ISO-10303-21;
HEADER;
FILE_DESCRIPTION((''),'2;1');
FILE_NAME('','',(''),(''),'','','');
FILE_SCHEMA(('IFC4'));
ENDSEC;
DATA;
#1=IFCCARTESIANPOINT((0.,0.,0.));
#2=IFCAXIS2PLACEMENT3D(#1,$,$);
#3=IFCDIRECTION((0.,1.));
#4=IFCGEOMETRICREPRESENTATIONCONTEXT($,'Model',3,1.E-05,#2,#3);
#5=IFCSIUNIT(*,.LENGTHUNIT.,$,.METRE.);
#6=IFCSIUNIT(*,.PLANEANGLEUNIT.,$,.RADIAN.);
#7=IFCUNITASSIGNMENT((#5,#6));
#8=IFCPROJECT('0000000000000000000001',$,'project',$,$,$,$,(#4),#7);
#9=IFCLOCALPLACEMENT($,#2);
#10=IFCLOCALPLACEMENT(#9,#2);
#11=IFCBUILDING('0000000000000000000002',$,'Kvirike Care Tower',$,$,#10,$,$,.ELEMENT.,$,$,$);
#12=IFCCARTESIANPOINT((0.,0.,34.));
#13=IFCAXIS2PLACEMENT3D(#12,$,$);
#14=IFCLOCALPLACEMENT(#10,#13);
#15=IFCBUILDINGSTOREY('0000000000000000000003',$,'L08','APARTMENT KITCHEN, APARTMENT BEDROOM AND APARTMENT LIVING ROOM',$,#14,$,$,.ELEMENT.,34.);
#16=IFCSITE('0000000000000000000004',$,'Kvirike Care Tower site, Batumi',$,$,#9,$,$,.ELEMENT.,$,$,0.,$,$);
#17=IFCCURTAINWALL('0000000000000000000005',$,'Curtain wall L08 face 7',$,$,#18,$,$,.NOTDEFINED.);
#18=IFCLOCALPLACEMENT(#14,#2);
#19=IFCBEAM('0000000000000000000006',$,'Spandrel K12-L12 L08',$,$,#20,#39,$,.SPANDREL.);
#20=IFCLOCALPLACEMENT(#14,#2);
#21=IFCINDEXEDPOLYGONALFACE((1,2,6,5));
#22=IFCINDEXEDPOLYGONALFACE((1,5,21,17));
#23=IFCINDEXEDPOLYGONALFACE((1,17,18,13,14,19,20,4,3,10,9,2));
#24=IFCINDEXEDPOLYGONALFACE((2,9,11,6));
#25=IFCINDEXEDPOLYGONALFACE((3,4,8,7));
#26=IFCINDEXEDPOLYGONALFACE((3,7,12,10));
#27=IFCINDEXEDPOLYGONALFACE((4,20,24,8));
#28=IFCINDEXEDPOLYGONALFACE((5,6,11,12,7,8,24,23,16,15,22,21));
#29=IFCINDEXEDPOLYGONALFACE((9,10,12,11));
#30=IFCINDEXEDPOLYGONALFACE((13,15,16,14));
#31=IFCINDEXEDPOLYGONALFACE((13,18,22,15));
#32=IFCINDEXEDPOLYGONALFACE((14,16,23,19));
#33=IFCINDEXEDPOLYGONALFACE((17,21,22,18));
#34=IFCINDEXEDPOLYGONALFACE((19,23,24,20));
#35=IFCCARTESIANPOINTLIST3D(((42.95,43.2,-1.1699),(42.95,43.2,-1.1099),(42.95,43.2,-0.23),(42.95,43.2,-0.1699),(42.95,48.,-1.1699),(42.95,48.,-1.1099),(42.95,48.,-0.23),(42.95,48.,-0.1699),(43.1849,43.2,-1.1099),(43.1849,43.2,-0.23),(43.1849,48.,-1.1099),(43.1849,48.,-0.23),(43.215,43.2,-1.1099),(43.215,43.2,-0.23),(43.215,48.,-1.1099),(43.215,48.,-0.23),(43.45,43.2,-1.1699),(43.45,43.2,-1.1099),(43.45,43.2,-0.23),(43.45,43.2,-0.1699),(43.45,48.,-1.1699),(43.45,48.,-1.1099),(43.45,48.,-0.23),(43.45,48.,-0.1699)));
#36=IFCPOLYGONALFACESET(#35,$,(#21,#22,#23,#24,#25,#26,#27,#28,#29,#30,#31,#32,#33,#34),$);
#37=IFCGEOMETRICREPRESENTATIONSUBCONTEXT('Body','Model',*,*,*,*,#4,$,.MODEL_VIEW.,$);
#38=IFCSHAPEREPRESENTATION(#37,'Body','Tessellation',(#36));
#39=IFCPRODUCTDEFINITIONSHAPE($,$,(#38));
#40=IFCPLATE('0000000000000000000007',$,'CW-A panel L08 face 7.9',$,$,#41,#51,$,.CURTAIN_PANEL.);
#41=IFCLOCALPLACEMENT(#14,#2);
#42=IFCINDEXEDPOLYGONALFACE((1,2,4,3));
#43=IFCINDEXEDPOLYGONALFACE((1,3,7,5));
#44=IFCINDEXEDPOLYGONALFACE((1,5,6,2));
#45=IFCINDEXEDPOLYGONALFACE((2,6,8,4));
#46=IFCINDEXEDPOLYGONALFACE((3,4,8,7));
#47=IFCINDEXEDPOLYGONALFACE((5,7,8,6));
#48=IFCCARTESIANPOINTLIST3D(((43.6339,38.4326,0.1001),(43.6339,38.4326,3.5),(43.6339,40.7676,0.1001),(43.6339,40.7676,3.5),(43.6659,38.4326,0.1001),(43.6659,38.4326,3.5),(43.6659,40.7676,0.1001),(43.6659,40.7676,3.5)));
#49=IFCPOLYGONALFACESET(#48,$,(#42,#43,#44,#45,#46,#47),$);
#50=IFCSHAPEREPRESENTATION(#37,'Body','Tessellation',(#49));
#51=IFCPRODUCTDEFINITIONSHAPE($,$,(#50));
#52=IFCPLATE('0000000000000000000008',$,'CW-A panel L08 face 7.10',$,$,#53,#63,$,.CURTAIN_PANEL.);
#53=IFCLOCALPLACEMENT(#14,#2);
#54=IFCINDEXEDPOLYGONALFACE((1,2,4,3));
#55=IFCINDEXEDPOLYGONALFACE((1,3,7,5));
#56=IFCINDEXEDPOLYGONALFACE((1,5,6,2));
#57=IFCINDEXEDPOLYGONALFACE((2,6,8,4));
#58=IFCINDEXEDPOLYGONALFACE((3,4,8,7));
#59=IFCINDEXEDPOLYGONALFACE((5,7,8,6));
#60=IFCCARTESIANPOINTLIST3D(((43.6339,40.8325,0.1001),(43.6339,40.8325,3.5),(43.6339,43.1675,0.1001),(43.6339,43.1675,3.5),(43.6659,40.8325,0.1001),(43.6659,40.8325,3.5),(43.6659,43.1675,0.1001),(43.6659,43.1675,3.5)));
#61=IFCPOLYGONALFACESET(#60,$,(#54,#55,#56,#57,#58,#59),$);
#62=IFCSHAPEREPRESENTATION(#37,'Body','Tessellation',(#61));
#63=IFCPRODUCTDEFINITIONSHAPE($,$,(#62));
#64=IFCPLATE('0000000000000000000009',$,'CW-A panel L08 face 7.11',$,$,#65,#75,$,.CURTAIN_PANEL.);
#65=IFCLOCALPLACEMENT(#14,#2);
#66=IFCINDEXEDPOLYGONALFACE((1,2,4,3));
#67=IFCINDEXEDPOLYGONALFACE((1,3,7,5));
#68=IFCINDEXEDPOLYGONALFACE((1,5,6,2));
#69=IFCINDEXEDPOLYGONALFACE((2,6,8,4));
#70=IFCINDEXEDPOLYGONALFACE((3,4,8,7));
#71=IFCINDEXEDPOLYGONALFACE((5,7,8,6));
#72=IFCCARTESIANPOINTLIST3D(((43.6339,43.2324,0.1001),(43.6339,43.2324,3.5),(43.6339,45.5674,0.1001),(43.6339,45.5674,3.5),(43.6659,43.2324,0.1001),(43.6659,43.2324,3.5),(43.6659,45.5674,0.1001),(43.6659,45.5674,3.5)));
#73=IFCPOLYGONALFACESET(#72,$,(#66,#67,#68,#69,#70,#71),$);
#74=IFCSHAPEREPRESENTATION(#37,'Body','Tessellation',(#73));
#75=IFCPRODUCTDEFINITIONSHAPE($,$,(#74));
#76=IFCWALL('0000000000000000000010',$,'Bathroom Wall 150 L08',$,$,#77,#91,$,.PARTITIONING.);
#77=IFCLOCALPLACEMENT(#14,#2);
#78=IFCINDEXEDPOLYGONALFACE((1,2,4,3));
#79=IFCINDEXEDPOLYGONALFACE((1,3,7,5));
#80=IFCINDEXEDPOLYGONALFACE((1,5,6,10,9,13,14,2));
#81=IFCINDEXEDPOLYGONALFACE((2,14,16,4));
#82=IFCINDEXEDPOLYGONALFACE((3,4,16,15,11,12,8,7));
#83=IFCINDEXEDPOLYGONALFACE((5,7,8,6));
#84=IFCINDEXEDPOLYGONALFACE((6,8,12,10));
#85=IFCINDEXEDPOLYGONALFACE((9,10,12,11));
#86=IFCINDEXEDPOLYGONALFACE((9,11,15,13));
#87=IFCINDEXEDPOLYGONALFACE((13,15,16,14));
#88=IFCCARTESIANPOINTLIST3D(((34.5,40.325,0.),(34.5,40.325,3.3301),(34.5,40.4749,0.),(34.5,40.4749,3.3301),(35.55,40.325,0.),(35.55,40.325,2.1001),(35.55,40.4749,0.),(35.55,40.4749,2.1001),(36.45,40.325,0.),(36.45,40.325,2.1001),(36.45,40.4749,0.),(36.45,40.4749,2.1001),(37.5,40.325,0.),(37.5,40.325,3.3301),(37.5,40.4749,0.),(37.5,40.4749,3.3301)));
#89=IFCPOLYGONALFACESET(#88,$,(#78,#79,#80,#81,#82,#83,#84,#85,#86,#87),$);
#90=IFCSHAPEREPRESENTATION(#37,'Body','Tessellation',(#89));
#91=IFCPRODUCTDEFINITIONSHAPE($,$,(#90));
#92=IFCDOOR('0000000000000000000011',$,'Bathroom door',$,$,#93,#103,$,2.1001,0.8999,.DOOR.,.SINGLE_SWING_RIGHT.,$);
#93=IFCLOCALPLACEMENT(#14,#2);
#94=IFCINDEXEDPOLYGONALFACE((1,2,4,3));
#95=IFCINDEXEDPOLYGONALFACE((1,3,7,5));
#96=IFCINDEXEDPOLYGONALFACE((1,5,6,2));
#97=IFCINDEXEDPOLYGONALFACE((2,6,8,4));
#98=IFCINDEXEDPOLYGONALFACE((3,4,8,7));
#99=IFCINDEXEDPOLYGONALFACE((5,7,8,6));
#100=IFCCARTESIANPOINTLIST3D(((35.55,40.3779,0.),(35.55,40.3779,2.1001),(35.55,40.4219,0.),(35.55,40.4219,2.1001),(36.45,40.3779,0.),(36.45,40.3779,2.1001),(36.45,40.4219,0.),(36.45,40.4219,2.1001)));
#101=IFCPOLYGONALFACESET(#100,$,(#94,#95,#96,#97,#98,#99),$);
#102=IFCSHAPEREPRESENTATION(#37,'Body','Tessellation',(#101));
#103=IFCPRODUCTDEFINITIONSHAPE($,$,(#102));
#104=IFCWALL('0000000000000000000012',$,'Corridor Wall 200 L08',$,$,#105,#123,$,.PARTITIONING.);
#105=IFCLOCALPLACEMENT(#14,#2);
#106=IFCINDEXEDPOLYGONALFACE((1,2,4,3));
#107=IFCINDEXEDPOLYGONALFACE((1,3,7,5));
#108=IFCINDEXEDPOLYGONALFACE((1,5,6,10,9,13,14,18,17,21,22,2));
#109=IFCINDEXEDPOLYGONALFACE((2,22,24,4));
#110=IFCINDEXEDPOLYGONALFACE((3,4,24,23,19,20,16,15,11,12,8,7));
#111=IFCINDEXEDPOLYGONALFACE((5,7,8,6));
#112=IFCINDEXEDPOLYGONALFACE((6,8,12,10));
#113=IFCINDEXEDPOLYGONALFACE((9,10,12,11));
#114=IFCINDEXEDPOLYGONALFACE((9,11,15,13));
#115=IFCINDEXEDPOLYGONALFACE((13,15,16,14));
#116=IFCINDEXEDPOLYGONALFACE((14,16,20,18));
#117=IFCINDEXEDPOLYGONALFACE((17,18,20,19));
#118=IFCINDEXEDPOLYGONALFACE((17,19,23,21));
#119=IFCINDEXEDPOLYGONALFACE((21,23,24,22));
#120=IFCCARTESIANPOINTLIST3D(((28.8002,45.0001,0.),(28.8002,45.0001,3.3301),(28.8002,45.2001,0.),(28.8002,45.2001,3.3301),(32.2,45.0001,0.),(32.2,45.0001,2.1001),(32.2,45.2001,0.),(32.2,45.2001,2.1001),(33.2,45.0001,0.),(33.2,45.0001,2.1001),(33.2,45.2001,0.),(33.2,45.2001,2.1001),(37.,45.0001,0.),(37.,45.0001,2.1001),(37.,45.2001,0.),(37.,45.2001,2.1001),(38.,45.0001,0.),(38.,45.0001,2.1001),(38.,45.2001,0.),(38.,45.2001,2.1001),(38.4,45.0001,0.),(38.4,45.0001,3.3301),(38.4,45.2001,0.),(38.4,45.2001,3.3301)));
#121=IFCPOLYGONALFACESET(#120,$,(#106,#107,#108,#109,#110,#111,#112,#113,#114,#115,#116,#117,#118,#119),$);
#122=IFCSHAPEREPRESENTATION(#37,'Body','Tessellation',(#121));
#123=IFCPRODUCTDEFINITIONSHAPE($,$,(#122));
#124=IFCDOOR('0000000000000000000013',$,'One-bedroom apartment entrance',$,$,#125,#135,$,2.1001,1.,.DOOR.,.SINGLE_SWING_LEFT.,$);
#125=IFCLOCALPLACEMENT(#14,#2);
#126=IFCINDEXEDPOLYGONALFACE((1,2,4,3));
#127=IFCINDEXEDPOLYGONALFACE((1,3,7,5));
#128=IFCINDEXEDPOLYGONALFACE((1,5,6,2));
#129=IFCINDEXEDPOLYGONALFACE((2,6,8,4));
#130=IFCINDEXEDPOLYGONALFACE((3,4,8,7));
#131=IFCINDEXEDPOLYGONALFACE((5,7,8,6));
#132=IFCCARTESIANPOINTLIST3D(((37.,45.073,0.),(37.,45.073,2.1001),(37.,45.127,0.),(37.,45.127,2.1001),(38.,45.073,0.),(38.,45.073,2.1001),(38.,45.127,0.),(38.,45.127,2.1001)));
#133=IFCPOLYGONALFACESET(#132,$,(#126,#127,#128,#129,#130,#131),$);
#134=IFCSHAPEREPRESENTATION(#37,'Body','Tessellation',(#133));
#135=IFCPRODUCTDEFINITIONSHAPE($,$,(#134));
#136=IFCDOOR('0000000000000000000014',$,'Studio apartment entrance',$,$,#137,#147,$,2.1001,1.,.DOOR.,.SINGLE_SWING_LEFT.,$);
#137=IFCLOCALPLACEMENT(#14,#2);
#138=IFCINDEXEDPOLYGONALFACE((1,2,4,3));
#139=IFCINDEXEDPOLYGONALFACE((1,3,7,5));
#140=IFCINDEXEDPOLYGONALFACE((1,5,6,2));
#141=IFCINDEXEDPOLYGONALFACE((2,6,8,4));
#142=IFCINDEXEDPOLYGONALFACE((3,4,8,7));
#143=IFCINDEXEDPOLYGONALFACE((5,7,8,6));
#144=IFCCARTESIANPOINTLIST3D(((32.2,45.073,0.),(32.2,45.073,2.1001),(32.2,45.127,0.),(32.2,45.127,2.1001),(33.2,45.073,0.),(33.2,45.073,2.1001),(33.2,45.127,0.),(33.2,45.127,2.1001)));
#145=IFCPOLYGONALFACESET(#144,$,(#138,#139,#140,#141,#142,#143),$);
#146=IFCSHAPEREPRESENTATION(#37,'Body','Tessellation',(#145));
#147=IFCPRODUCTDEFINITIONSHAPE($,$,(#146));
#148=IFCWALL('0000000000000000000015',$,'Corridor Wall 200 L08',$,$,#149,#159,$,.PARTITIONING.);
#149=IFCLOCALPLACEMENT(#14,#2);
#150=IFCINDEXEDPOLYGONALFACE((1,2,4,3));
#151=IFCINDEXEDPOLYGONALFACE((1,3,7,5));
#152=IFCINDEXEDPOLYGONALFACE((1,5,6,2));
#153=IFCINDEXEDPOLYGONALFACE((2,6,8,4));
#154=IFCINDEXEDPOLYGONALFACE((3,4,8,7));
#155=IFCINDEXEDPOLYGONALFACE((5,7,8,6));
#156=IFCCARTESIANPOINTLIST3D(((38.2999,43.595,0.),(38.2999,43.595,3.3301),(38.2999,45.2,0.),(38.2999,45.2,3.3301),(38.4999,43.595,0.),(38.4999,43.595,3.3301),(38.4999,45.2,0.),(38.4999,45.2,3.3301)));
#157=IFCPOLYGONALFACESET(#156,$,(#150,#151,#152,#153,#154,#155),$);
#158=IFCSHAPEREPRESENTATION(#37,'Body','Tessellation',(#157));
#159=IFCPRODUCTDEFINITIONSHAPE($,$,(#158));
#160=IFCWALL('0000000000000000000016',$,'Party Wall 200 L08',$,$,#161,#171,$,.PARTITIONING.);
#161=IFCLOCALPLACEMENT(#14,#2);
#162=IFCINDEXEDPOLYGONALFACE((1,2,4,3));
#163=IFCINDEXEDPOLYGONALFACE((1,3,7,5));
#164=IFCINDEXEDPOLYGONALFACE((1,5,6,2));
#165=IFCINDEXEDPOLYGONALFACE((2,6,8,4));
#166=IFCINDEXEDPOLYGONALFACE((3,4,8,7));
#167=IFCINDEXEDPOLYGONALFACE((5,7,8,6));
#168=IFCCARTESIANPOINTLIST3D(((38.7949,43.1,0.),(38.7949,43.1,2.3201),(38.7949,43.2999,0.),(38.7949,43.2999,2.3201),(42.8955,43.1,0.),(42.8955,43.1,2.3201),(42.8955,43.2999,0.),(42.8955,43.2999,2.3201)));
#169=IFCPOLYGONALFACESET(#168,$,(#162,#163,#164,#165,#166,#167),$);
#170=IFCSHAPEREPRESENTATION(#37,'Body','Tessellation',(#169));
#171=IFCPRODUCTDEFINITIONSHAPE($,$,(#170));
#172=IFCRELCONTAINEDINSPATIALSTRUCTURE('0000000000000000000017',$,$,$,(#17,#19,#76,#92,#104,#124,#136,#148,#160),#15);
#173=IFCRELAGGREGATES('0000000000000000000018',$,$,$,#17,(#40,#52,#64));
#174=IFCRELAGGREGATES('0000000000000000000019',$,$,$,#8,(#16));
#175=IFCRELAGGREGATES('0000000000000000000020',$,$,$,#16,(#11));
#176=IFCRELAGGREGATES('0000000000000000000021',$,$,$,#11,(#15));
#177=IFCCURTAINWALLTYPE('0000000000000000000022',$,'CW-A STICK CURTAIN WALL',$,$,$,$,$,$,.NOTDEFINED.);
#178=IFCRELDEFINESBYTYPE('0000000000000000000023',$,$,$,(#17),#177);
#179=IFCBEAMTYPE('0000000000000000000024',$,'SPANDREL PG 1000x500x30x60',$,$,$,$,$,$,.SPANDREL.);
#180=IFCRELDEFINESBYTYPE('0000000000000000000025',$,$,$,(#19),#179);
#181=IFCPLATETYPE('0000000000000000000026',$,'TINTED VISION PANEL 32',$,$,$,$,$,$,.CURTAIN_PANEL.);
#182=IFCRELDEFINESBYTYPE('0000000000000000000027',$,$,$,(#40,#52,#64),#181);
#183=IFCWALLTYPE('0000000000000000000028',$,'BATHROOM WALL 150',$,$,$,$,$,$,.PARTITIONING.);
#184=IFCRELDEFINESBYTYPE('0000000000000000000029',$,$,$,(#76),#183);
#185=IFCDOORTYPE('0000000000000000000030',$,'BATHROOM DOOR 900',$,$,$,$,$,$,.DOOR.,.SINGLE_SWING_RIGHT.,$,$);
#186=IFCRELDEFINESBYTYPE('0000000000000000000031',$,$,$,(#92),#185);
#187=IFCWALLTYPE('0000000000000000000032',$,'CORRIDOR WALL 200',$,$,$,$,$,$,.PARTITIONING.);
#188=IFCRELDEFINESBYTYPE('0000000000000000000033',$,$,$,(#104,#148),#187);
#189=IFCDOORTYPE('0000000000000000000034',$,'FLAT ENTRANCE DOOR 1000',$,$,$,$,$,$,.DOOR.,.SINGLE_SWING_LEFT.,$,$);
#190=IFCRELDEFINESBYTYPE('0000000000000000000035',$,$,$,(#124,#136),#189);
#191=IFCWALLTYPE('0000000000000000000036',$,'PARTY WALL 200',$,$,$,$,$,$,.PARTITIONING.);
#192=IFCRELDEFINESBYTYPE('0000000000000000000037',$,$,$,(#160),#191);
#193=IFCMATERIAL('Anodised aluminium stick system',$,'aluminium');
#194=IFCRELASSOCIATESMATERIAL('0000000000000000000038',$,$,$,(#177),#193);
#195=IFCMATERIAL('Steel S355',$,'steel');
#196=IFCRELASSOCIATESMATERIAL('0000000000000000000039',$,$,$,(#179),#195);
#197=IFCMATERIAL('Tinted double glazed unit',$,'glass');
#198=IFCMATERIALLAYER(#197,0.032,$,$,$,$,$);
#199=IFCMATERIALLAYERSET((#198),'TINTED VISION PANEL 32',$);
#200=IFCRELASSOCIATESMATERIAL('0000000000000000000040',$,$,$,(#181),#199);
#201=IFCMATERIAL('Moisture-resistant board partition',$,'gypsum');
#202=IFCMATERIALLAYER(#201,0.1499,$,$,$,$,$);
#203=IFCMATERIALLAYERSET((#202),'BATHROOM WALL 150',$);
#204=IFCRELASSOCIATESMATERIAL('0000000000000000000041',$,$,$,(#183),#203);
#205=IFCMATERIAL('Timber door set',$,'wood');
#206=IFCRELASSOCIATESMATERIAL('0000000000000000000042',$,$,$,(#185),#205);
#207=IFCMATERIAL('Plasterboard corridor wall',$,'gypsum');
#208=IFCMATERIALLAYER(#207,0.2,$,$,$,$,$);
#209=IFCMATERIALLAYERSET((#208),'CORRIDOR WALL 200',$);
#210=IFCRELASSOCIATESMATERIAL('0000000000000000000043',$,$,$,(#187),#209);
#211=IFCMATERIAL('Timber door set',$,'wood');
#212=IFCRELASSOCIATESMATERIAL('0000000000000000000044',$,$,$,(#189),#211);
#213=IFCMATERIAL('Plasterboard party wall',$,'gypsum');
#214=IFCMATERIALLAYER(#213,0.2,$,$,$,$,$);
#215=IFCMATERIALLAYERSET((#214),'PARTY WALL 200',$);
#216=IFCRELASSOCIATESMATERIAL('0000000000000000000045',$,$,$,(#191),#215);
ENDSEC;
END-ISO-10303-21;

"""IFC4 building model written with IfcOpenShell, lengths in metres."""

from ifc_helpers import new_model, si_unit, direction, frame, frame_2d, origin, origin_2d, place, context, subcontext, project, spatial, rectangle, i_section, extrude, material, layer, layer_set, material_profile, profile_set, type_object, element, fill, aggregate, save


model = new_model("IFC4")

# Units and contexts
model_context = context("Model", 3, precision=1e-05, world=origin(), true_north=direction((0.0, 1.0)))
body_context = subcontext(model_context, "Body", "Model", "MODEL_VIEW")
ifc_project = project(units=[si_unit("LENGTHUNIT", "METRE"), si_unit("PLANEANGLEUNIT", "RADIAN")], contexts=[model_context])

# Site, building, storey
site_placement = place(None, origin())
site = spatial("IfcSite", under=ifc_project, at=site_placement, Name="Kvirike Care Tower site, Batumi", CompositionType="ELEMENT", RefElevation=0.0)
building_placement = place(site_placement, origin())
building = spatial("IfcBuilding", under=site, at=building_placement, Name="Kvirike Care Tower", CompositionType="ELEMENT")
storey_placement = place(building_placement, frame((0.0, 0.0, 34.0)))
storey = spatial("IfcBuildingStorey", under=building, at=storey_placement, Name="L08", Description="APARTMENT KITCHEN, APARTMENT BEDROOM AND APARTMENT LIVING ROOM", CompositionType="ELEMENT", Elevation=34.0)

# Curtain wall
ifc_material_1 = material(Name="Anodised aluminium stick system", Category="aluminium")
curtain_wall_type = type_object("IfcCurtainWallType", Name="CW-A STICK CURTAIN WALL", PredefinedType="NOTDEFINED", material=ifc_material_1)
curtain_wall_placement = place(storey_placement, origin())
curtain_wall = element("IfcCurtainWall", 1, at=curtain_wall_placement, inside=storey, type_object=curtain_wall_type, Name="Curtain wall L08 face 7", PredefinedType="NOTDEFINED")

# Beam
ifc_material_2 = material(Name="Steel S355", Category="steel")
ifc_material_profile_1 = material_profile(ifc_material_2, i_section(OverallWidth=0.5, OverallDepth=1.0, WebThickness=0.03, FlangeThickness=0.0601, at=origin_2d()), Name="PG 1000x500x30x60")
ifc_profile_set_1 = profile_set([ifc_material_profile_1], Name="Steel S355")
beam_type_1 = type_object("IfcBeamType", Name="SPANDREL PG 1000x500x30x60", PredefinedType="SPANDREL", material=ifc_profile_set_1)
beam_1_placement = place(storey_placement, frame((43.2, 43.2, -0.6699), z_axis=(0.0, 1.0, 0.0), x_axis=(-1.0, 0.0, 0.0)))
element("IfcBeam", 2, at=beam_1_placement, inside=storey, type_object=beam_type_1, Name="Spandrel K12-L12 L08", PredefinedType="SPANDREL", context=body_context, shape_type="SweptSolid", body=[
    extrude(i_section(OverallWidth=0.5, OverallDepth=1.0, WebThickness=0.03, FlangeThickness=0.0601, at=origin_2d()), origin(), (0.0, 0.0, 1.0), 4.8),
])

# Plates
ifc_material_3 = material(Name="Tinted double glazed unit", Category="glass")
ifc_layer_1 = layer(ifc_material_3, 0.032)
ifc_layer_set_1 = layer_set([ifc_layer_1], Name="TINTED VISION PANEL 32")
plate_type = type_object("IfcPlateType", Name="TINTED VISION PANEL 32", PredefinedType="CURTAIN_PANEL", material=ifc_layer_set_1)
plate_1_placement = place(storey_placement, frame((43.6499, 39.6001, 0.1001), z_axis=(0.0, 0.0, 1.0), x_axis=(0.0, 1.0, 0.0)))
plate_1 = element("IfcPlate", 3, at=plate_1_placement, type_object=plate_type, Name="CW-A panel L08 face 7.9", PredefinedType="CURTAIN_PANEL", context=body_context, shape_type="SweptSolid", body=[
    extrude(rectangle(XDim=2.335, YDim=0.032, at=origin_2d()), origin(), (0.0, 0.0, 1.0), 3.3999),
])
plate_2_placement = place(storey_placement, frame((43.6499, 42.0, 0.1001), z_axis=(0.0, 0.0, 1.0), x_axis=(0.0, 1.0, 0.0)))
plate_2 = element("IfcPlate", 4, at=plate_2_placement, type_object=plate_type, Name="CW-A panel L08 face 7.10", PredefinedType="CURTAIN_PANEL", context=body_context, shape_type="SweptSolid", body=[
    extrude(rectangle(XDim=2.335, YDim=0.032, at=origin_2d()), origin(), (0.0, 0.0, 1.0), 3.3999),
])
plate_3_placement = place(storey_placement, frame((43.6499, 44.3999, 0.1001), z_axis=(0.0, 0.0, 1.0), x_axis=(0.0, 1.0, 0.0)))
plate_3 = element("IfcPlate", 5, at=plate_3_placement, type_object=plate_type, Name="CW-A panel L08 face 7.11", PredefinedType="CURTAIN_PANEL", context=body_context, shape_type="SweptSolid", body=[
    extrude(rectangle(XDim=2.335, YDim=0.032, at=origin_2d()), origin(), (0.0, 0.0, 1.0), 3.3999),
])
aggregate(curtain_wall, [plate_1, plate_2, plate_3])

# Wall, opening, door
ifc_material_4 = material(Name="Moisture-resistant board partition", Category="gypsum")
ifc_layer_2 = layer(ifc_material_4, 0.1499)
ifc_layer_set_2 = layer_set([ifc_layer_2], Name="BATHROOM WALL 150")
wall_type_1 = type_object("IfcWallType", Name="BATHROOM WALL 150", PredefinedType="PARTITIONING", material=ifc_layer_set_2)
wall_1_placement = place(storey_placement, frame((37.5, 40.3999, 0.0), z_axis=(0.0, 0.0, 1.0), x_axis=(-1.0, 0.0, 0.0)))
wall_1 = element("IfcWall", 6, at=wall_1_placement, inside=storey, type_object=wall_type_1, Name="Bathroom Wall 150 L08", PredefinedType="PARTITIONING", context=body_context, shape_type="SweptSolid", body=[
    extrude(rectangle(XDim=3.0, YDim=0.1499, at=frame_2d((1.5, 0.0))), origin(), (0.0, 0.0, 1.0), 3.3301),
])
opening_1_placement = place(wall_1_placement, frame((1.05, 0.0, 0.0)))
opening_1 = element("IfcOpeningElement", 7, at=opening_1_placement, cuts=wall_1, PredefinedType="OPENING", context=body_context, shape_type="SweptSolid", body=[
    extrude(rectangle(XDim=0.8999, YDim=2.1001, at=frame_2d((0.45, 1.05))), frame((0.0, 0.0854, 0.0), z_axis=(0.0, -1.0, 0.0), x_axis=(1.0, 0.0, 0.0)), (0.0, 0.0, 1.0), 0.1709),
])
ifc_material_5 = material(Name="Timber door set", Category="wood")
door_type_1 = type_object("IfcDoorType", Name="BATHROOM DOOR 900", OperationType="SINGLE_SWING_RIGHT", PredefinedType="DOOR", material=ifc_material_5)
door_1_placement = place(opening_1_placement, frame((0.8999, 0.0, 0.0), z_axis=(0.0, 0.0, 1.0), x_axis=(-1.0, 0.0, 0.0)))
door_1 = element("IfcDoor", 8, at=door_1_placement, inside=storey, type_object=door_type_1, Name="Bathroom door", OperationType="SINGLE_SWING_RIGHT", OverallHeight=2.1001, OverallWidth=0.8999, PredefinedType="DOOR", context=body_context, shape_type="SweptSolid", body=[
    extrude(rectangle(XDim=0.8999, YDim=2.1001, at=frame_2d((0.45, 1.05))), frame((0.0, 0.022, 0.0), z_axis=(0.0, -1.0, 0.0), x_axis=(1.0, 0.0, 0.0)), (0.0, 0.0, 1.0), 0.0439),
])
fill(opening_1, door_1)

# Wall, openings, doors
ifc_material_6 = material(Name="Plasterboard corridor wall", Category="gypsum")
ifc_layer_3 = layer(ifc_material_6, 0.2)
ifc_layer_set_3 = layer_set([ifc_layer_3], Name="CORRIDOR WALL 200")
wall_type_2 = type_object("IfcWallType", Name="CORRIDOR WALL 200", PredefinedType="PARTITIONING", material=ifc_layer_set_3)
wall_2_placement = place(storey_placement, frame((38.3999, 45.1001, 0.0), z_axis=(0.0, 0.0, 1.0), x_axis=(-1.0, 0.0, 0.0)))
wall_2 = element("IfcWall", 9, at=wall_2_placement, inside=storey, type_object=wall_type_2, Name="Corridor Wall 200 L08", PredefinedType="PARTITIONING", context=body_context, shape_type="SweptSolid", body=[
    extrude(rectangle(XDim=9.5999, YDim=0.2, at=frame_2d((4.7998, 0.0))), origin(), (0.0, 0.0, 1.0), 3.3301),
])
opening_2_placement = place(wall_2_placement, frame((0.3999, 0.0, 0.0)))
opening_2 = element("IfcOpeningElement", 10, at=opening_2_placement, cuts=wall_2, PredefinedType="OPENING", context=body_context, shape_type="SweptSolid", body=[
    extrude(rectangle(XDim=1.0, YDim=2.1001, at=frame_2d((0.5, 1.05))), frame((0.0, 0.1106, 0.0), z_axis=(0.0, -1.0, 0.0), x_axis=(1.0, 0.0, 0.0)), (0.0, 0.0, 1.0), 0.2209),
])
opening_3_placement = place(wall_2_placement, frame((5.2, 0.0, 0.0)))
opening_3 = element("IfcOpeningElement", 11, at=opening_3_placement, cuts=wall_2, PredefinedType="OPENING", context=body_context, shape_type="SweptSolid", body=[
    extrude(rectangle(XDim=1.0, YDim=2.1001, at=frame_2d((0.5, 1.05))), frame((0.0, 0.1106, 0.0), z_axis=(0.0, -1.0, 0.0), x_axis=(1.0, 0.0, 0.0)), (0.0, 0.0, 1.0), 0.2209),
])
ifc_material_7 = material(Name="Timber door set", Category="wood")
door_type_2 = type_object("IfcDoorType", Name="FLAT ENTRANCE DOOR 1000", OperationType="SINGLE_SWING_LEFT", PredefinedType="DOOR", material=ifc_material_7)
door_2_placement = place(opening_2_placement, frame((1.0, 0.0, 0.0), z_axis=(0.0, 0.0, 1.0), x_axis=(-1.0, 0.0, 0.0)))
door_2 = element("IfcDoor", 12, at=door_2_placement, inside=storey, type_object=door_type_2, Name="One-bedroom apartment entrance", OperationType="SINGLE_SWING_LEFT", OverallHeight=2.1001, OverallWidth=1.0, PredefinedType="DOOR", context=body_context, shape_type="SweptSolid", body=[
    extrude(rectangle(XDim=1.0, YDim=2.1001, at=frame_2d((0.5, 1.05))), frame((0.0, 0.0269, 0.0), z_axis=(0.0, -1.0, 0.0), x_axis=(1.0, 0.0, 0.0)), (0.0, 0.0, 1.0), 0.054),
])
fill(opening_2, door_2)
door_3_placement = place(opening_3_placement, frame((1.0, 0.0, 0.0), z_axis=(0.0, 0.0, 1.0), x_axis=(-1.0, 0.0, 0.0)))
door_3 = element("IfcDoor", 13, at=door_3_placement, inside=storey, type_object=door_type_2, Name="Studio apartment entrance", OperationType="SINGLE_SWING_LEFT", OverallHeight=2.1001, OverallWidth=1.0, PredefinedType="DOOR", context=body_context, shape_type="SweptSolid", body=[
    extrude(rectangle(XDim=1.0, YDim=2.1001, at=frame_2d((0.5, 1.05))), frame((0.0, 0.0269, 0.0), z_axis=(0.0, -1.0, 0.0), x_axis=(1.0, 0.0, 0.0)), (0.0, 0.0, 1.0), 0.054),
])
fill(opening_3, door_3)

# Walls
wall_3_placement = place(storey_placement, frame((38.3999, 45.2, 0.0), z_axis=(0.0, 0.0, 1.0), x_axis=(0.0, -1.0, 0.0)))
element("IfcWall", 14, at=wall_3_placement, inside=storey, type_object=wall_type_2, Name="Corridor Wall 200 L08", PredefinedType="PARTITIONING", context=body_context, shape_type="SweptSolid", body=[
    extrude(rectangle(XDim=1.605, YDim=0.2, at=frame_2d((0.8025, 0.0))), origin(), (0.0, 0.0, 1.0), 3.3301),
])
ifc_material_8 = material(Name="Plasterboard party wall", Category="gypsum")
ifc_layer_4 = layer(ifc_material_8, 0.2)
ifc_layer_set_4 = layer_set([ifc_layer_4], Name="PARTY WALL 200")
wall_type_3 = type_object("IfcWallType", Name="PARTY WALL 200", PredefinedType="PARTITIONING", material=ifc_layer_set_4)
wall_4_placement = place(storey_placement, frame((42.8955, 43.2, 0.0), z_axis=(0.0, 0.0, 1.0), x_axis=(-1.0, 0.0, 0.0)))
element("IfcWall", 15, at=wall_4_placement, inside=storey, type_object=wall_type_3, Name="Party Wall 200 L08", PredefinedType="PARTITIONING", context=body_context, shape_type="SweptSolid", body=[
    extrude(rectangle(XDim=4.1006, YDim=0.2, at=frame_2d((2.0503, 0.0))), origin(), (0.0, 0.0, 1.0), 2.3201),
])

save(model, "model.ifc")
